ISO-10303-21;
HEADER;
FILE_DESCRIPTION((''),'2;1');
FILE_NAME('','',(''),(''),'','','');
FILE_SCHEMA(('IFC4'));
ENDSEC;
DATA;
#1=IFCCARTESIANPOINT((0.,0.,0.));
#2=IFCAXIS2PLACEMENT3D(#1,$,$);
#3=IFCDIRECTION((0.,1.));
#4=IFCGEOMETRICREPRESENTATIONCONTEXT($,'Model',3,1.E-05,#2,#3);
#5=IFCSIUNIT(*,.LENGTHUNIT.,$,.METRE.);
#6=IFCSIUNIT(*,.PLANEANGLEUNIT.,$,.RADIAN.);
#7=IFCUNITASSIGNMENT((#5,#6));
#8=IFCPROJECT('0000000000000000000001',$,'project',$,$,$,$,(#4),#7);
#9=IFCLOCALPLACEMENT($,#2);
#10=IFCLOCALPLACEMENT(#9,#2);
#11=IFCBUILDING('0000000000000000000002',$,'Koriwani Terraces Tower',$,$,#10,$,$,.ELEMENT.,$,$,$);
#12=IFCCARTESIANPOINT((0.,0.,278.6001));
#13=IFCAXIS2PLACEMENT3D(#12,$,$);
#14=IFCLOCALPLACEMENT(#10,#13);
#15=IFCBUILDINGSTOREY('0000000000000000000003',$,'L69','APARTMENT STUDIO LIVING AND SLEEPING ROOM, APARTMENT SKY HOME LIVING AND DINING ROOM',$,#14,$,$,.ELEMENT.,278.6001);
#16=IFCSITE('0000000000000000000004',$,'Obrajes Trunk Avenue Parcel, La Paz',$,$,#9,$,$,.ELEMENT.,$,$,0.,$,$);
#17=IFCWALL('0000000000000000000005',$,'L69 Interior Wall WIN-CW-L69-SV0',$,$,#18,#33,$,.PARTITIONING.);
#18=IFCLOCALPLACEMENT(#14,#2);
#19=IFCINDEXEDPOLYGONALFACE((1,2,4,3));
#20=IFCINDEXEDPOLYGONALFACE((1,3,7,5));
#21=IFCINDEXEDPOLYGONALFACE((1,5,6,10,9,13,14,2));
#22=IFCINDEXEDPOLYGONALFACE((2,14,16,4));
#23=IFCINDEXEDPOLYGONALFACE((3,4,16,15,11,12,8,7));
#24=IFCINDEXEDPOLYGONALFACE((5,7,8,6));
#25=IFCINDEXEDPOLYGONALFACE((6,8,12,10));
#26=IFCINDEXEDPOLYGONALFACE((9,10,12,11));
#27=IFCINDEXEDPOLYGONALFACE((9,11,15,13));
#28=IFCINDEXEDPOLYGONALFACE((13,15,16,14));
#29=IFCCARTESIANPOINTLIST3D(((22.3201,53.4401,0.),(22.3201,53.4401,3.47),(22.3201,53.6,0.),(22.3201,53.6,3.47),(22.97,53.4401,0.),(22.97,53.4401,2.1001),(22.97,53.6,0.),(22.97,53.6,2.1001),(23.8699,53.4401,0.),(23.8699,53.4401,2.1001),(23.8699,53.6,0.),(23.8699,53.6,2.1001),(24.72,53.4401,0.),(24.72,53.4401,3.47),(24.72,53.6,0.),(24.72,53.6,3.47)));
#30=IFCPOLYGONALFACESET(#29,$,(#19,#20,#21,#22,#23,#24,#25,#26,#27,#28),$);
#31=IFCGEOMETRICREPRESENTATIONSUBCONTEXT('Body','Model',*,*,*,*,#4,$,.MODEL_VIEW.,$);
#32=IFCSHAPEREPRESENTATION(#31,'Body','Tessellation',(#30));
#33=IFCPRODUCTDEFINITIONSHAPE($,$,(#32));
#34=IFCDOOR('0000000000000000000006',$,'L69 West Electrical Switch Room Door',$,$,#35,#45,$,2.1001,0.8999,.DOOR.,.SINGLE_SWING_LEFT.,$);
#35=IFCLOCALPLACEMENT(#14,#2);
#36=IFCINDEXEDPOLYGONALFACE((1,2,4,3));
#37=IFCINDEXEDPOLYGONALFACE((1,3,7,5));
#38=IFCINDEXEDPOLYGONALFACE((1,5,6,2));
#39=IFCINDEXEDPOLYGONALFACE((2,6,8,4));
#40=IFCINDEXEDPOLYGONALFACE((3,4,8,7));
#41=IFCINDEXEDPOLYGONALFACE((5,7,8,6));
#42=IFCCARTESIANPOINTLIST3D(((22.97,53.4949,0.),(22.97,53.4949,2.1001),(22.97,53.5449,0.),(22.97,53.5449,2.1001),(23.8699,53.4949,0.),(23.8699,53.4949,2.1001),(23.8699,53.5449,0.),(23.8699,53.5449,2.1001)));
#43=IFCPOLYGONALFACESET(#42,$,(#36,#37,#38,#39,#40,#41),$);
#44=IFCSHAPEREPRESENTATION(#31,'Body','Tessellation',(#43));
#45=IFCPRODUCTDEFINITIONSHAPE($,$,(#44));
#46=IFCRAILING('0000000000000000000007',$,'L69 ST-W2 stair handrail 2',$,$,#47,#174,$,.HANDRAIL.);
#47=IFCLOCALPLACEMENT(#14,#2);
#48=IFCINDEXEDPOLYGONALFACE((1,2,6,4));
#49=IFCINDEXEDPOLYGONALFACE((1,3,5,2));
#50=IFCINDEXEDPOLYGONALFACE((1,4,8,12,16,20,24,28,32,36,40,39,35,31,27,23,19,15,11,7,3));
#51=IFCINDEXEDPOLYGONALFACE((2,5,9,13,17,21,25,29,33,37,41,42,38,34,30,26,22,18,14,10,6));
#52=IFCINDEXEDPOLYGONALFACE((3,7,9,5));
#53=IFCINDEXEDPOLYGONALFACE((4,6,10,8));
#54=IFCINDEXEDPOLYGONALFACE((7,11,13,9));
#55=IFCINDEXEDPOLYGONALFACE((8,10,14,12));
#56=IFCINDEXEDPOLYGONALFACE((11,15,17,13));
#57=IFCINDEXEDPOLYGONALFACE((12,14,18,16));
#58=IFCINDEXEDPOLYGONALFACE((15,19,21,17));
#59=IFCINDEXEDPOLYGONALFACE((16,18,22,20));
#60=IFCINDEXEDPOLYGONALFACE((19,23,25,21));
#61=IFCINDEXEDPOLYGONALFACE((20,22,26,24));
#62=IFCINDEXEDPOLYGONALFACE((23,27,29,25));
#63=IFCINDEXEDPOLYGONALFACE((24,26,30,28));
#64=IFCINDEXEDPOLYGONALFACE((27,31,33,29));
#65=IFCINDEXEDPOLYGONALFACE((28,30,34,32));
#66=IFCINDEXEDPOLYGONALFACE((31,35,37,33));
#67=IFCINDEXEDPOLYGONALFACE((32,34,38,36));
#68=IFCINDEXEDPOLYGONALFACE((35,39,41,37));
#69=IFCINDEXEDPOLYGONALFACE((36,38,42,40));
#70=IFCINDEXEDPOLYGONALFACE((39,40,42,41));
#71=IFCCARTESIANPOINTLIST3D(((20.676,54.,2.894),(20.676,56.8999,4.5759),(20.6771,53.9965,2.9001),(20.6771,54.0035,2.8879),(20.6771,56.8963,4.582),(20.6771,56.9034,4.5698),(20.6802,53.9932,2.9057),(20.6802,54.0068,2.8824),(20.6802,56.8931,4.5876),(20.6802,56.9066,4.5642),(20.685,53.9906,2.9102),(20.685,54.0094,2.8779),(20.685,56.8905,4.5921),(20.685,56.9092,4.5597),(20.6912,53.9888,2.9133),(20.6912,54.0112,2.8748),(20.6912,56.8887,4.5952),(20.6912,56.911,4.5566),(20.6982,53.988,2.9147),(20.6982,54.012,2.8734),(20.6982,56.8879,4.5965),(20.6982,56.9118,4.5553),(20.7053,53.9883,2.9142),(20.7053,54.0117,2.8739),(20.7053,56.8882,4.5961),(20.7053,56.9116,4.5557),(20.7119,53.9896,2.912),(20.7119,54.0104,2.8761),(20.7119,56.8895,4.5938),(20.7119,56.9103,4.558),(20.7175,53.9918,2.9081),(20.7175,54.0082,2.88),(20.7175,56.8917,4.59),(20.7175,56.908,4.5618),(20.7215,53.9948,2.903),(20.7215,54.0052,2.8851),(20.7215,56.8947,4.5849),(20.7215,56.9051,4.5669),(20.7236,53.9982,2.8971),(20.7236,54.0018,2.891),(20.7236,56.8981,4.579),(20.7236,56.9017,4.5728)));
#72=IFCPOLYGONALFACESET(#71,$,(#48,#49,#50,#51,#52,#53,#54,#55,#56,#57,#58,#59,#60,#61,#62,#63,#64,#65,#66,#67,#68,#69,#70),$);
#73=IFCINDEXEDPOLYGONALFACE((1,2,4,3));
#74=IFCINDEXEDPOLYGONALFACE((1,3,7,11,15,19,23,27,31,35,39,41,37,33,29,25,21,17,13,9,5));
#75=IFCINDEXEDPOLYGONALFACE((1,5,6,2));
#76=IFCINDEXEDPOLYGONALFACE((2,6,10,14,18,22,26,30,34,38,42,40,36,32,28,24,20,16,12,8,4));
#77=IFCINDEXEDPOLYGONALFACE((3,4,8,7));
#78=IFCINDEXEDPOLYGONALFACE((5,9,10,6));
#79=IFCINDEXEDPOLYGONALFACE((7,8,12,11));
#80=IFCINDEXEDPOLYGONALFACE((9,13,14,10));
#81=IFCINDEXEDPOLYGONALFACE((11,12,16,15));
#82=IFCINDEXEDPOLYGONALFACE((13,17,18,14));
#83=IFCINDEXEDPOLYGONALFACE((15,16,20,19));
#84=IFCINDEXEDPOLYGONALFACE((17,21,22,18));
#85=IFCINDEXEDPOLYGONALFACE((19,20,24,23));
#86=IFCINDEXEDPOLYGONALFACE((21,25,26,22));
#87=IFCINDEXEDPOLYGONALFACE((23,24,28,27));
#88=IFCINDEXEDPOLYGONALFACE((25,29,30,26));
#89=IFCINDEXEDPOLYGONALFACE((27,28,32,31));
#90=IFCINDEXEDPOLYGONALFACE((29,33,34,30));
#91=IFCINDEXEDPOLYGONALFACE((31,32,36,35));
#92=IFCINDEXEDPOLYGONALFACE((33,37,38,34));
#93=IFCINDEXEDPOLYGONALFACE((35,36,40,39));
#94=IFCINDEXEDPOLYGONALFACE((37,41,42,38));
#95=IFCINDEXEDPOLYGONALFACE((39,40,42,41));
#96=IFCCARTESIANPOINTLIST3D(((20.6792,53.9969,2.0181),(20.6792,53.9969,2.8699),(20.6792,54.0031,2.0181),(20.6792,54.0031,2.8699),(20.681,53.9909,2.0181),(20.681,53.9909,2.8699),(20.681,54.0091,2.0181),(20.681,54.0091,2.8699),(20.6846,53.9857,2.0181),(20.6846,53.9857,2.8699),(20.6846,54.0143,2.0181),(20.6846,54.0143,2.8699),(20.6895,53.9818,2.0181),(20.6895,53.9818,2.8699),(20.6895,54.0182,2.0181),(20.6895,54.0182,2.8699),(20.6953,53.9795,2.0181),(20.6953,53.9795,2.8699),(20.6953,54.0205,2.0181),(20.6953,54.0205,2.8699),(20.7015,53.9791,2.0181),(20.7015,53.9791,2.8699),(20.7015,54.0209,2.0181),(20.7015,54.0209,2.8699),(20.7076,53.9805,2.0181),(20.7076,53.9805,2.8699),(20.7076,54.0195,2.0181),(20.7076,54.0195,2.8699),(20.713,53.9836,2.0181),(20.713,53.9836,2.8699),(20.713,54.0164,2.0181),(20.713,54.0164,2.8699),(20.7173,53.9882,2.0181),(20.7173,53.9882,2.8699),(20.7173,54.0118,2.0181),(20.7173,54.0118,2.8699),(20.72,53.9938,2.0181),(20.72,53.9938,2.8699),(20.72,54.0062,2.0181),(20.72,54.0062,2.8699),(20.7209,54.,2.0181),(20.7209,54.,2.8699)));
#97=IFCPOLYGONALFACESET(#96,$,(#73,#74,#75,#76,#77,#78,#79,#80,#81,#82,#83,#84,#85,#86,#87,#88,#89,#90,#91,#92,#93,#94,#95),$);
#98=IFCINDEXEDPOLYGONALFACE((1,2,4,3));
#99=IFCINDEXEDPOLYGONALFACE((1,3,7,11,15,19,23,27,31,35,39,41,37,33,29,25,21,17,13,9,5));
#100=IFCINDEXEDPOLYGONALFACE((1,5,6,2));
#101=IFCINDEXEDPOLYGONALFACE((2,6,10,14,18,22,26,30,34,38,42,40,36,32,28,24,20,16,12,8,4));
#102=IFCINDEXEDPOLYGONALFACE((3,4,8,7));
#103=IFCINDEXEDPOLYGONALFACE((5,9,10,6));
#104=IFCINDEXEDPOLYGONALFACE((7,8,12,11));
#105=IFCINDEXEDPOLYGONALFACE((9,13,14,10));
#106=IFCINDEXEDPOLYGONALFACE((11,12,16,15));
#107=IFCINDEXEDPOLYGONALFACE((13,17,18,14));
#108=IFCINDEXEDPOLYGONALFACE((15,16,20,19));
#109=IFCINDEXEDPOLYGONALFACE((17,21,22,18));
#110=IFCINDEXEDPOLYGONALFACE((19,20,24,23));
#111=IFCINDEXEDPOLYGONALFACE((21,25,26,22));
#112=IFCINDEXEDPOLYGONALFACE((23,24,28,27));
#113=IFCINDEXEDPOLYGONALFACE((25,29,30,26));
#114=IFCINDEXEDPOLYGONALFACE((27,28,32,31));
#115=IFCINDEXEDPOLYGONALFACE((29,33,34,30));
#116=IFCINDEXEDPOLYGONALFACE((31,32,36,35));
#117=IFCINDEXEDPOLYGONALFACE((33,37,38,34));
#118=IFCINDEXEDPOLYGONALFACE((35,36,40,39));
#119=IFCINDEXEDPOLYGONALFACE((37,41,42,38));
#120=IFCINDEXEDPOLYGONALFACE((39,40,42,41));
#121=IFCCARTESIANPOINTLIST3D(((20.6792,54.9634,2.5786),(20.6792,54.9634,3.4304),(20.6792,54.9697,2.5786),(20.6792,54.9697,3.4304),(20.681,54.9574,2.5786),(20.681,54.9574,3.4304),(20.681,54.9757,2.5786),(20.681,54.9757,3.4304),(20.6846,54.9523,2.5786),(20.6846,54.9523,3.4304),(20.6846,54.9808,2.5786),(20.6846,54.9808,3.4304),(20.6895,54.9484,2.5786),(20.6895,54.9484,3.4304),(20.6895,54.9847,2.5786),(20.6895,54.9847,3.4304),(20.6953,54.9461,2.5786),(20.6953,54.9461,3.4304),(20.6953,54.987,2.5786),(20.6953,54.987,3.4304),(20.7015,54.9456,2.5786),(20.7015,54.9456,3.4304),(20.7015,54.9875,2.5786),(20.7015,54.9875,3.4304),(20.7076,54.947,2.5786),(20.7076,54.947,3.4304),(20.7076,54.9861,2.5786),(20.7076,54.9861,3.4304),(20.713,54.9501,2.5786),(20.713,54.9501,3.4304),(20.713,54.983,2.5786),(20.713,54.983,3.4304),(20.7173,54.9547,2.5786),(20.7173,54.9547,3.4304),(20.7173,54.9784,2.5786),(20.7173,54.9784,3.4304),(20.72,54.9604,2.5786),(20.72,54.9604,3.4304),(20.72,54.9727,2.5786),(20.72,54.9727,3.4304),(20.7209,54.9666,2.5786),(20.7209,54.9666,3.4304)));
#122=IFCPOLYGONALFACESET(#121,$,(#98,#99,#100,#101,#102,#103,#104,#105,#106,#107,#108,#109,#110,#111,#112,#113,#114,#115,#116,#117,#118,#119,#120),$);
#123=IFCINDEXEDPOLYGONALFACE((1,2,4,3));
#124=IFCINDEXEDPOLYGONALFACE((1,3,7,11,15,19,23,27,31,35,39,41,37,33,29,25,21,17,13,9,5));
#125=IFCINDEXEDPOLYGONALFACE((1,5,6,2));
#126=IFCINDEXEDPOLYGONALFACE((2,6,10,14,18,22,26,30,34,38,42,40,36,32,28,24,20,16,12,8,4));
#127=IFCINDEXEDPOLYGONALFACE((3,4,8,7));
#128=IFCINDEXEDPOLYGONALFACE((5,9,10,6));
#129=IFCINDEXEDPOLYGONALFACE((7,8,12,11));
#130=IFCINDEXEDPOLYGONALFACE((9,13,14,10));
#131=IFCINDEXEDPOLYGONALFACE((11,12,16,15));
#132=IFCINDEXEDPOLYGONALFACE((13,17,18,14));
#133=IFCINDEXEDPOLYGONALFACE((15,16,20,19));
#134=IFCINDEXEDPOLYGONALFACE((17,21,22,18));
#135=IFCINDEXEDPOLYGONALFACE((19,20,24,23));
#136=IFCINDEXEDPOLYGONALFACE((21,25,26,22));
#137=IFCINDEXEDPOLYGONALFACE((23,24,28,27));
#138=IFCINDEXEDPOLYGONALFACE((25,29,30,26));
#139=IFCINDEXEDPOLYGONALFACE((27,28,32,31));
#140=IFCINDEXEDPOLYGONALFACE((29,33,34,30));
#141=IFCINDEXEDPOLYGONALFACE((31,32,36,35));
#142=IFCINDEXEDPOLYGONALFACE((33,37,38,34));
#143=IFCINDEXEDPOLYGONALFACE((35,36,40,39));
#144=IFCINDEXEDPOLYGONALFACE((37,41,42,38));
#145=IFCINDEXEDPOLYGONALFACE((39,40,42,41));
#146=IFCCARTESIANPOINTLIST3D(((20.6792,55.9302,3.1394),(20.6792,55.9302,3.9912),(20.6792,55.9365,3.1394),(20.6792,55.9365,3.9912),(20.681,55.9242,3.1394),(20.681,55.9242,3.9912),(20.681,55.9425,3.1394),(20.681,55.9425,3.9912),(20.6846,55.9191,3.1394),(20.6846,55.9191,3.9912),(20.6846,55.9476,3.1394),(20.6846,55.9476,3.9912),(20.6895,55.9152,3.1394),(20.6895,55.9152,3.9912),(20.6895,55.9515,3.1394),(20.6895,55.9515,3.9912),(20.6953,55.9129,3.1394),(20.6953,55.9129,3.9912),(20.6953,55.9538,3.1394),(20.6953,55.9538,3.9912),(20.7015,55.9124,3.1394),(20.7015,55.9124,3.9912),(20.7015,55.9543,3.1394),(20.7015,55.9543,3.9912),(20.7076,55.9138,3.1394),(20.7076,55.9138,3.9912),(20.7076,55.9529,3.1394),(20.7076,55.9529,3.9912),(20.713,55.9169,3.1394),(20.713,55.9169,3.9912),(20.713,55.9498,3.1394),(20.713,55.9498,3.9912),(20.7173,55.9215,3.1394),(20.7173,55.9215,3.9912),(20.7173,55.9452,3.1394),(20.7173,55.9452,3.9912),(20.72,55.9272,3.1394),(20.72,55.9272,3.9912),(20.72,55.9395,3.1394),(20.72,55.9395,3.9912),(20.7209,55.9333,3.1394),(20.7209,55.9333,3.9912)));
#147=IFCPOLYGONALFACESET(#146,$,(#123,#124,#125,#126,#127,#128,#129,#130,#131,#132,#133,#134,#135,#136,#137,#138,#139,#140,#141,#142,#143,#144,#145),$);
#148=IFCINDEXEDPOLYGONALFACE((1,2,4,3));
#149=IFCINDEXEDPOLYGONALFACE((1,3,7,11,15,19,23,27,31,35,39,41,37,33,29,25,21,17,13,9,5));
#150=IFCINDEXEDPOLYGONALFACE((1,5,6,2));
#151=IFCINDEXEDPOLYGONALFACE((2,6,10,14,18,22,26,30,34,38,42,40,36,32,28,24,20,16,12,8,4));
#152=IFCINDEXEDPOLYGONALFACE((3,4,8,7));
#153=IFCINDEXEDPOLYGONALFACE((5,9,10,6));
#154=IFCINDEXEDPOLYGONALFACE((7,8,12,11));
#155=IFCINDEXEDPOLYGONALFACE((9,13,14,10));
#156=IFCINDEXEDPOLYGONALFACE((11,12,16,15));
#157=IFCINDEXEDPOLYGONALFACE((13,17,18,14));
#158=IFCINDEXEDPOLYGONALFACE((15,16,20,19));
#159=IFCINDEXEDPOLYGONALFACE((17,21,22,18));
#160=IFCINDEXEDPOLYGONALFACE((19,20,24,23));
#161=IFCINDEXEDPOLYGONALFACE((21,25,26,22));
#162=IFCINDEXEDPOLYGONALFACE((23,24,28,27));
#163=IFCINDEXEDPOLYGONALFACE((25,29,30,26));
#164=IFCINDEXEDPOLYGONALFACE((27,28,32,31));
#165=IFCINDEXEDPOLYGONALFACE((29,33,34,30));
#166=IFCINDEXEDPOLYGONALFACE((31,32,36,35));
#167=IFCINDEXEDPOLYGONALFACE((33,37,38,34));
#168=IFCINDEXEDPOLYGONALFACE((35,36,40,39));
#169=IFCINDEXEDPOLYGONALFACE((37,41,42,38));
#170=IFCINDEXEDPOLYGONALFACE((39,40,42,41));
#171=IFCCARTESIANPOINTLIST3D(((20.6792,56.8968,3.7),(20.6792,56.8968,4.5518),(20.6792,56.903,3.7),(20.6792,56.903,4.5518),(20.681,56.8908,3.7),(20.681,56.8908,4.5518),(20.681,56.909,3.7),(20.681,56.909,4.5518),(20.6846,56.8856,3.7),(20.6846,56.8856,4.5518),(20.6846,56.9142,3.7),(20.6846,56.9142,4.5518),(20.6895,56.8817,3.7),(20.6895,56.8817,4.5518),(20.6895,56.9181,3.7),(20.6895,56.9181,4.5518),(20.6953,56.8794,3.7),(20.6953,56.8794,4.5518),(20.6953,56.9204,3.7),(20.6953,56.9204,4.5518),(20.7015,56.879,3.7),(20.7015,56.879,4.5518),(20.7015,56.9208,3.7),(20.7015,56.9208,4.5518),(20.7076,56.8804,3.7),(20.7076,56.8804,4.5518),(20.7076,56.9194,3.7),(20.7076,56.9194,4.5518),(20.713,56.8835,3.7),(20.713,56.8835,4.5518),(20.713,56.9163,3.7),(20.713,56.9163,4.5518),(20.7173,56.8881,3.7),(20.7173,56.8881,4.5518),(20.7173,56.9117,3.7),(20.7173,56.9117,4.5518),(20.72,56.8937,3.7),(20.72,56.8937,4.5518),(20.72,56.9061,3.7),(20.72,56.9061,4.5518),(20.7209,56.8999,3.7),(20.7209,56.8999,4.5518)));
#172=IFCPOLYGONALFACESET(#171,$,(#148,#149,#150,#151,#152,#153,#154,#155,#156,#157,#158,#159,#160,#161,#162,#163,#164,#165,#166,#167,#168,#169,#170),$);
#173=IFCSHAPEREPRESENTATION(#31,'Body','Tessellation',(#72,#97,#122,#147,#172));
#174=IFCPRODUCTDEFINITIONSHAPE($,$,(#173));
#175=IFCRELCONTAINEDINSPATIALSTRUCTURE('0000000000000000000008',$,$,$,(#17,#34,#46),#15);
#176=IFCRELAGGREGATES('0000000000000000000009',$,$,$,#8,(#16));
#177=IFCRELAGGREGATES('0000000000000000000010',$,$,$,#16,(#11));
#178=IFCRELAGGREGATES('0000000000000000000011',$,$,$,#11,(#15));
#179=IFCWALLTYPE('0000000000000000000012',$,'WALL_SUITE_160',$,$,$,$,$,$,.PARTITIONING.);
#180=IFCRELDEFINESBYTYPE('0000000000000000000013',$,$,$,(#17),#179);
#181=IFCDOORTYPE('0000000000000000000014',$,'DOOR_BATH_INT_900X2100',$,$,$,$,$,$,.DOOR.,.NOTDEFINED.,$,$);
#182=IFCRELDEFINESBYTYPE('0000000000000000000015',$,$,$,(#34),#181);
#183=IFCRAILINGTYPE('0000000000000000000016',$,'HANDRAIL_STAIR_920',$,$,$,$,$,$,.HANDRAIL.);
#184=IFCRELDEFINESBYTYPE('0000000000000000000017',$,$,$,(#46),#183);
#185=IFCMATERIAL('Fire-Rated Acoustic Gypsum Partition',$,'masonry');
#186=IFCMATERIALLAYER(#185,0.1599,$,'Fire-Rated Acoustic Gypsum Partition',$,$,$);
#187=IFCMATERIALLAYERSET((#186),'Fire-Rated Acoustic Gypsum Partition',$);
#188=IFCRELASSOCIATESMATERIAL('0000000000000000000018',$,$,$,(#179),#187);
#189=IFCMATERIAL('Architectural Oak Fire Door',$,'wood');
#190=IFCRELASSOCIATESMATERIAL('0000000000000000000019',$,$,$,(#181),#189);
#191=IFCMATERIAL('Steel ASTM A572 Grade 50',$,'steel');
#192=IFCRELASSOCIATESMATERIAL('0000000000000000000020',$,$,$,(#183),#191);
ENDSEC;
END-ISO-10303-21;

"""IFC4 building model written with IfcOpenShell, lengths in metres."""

from ifc_helpers import new_model, si_unit, direction, frame, frame_2d, origin, origin_2d, place, context, subcontext, project, spatial, rectangle, circle, extrude, material, layer, layer_set, type_object, element, fill, save


model = new_model("IFC4")

# Units and contexts
model_context = context("Model", 3, precision=1e-05, world=origin(), true_north=direction((0.0, 1.0)))
body_context = subcontext(model_context, "Body", "Model", "MODEL_VIEW")
ifc_project = project(units=[si_unit("LENGTHUNIT", "METRE"), si_unit("PLANEANGLEUNIT", "RADIAN")], contexts=[model_context])

# Site, building, storey
site_placement = place(None, origin())
site = spatial("IfcSite", under=ifc_project, at=site_placement, Name="Obrajes Trunk Avenue Parcel, La Paz", CompositionType="ELEMENT", RefElevation=0.0)
building_placement = place(site_placement, origin())
building = spatial("IfcBuilding", under=site, at=building_placement, Name="Koriwani Terraces Tower", CompositionType="ELEMENT")
storey_placement = place(building_placement, frame((0.0, 0.0, 278.6001)))
storey = spatial("IfcBuildingStorey", under=building, at=storey_placement, Name="L69", Description="APARTMENT STUDIO LIVING AND SLEEPING ROOM, APARTMENT SKY HOME LIVING AND DINING ROOM", CompositionType="ELEMENT", Elevation=278.6001)

# Shared definitions
ifc_material_1 = material(Name="Steel ASTM A572 Grade 50", Category="steel")

# Wall, opening, door
ifc_material_2 = material(Name="Fire-Rated Acoustic Gypsum Partition", Category="masonry")
ifc_layer_1 = layer(ifc_material_2, 0.1599, Name="Fire-Rated Acoustic Gypsum Partition")
ifc_layer_set_1 = layer_set([ifc_layer_1], Name="Fire-Rated Acoustic Gypsum Partition")
wall_type_1 = type_object("IfcWallType", Name="WALL_SUITE_160", PredefinedType="PARTITIONING", material=ifc_layer_set_1)
wall_1_placement = place(storey_placement, frame((22.3201, 53.52, 0.0), z_axis=(0.0, 0.0, 1.0), x_axis=(1.0, 0.0, 0.0)))
wall_1 = element("IfcWall", 1, at=wall_1_placement, inside=storey, type_object=wall_type_1, Name="L69 Interior Wall WIN-CW-L69-SV0", PredefinedType="PARTITIONING", context=body_context, shape_type="SweptSolid", body=[
    extrude(rectangle(XDim=2.3999, YDim=0.1599, at=frame_2d((1.2, 0.0))), origin(), (0.0, 0.0, 1.0), 3.47),
])
opening_1_placement = place(wall_1_placement, frame((0.6499, 0.0, 0.0)))
opening_1 = element("IfcOpeningElement", 2, at=opening_1_placement, cuts=wall_1, PredefinedType="OPENING", context=body_context, shape_type="SweptSolid", body=[
    extrude(rectangle(XDim=0.8999, YDim=2.1001, at=frame_2d((0.45, 1.05))), frame((0.0, 0.0898, 0.0), z_axis=(0.0, -1.0, 0.0), x_axis=(1.0, 0.0, 0.0)), (0.0, 0.0, 1.0), 0.1799),
])
ifc_material_3 = material(Name="Architectural Oak Fire Door", Category="wood")
door_type_1 = type_object("IfcDoorType", Name="DOOR_BATH_INT_900X2100", OperationType="NOTDEFINED", PredefinedType="DOOR", material=ifc_material_3)
door_1_placement = place(opening_1_placement, origin())
door_1 = element("IfcDoor", 3, at=door_1_placement, inside=storey, type_object=door_type_1, Name="L69 West Electrical Switch Room Door", OperationType="SINGLE_SWING_LEFT", OverallHeight=2.1001, OverallWidth=0.8999, PredefinedType="DOOR", context=body_context, shape_type="SweptSolid", body=[
    extrude(rectangle(XDim=0.8999, YDim=2.1001, at=frame_2d((0.45, 1.05))), frame((0.0, 0.0249, 0.0), z_axis=(0.0, -1.0, 0.0), x_axis=(1.0, 0.0, 0.0)), (0.0, 0.0, 1.0), 0.05),
])
fill(opening_1, door_1)

# Railing
railing_type = type_object("IfcRailingType", Name="HANDRAIL_STAIR_920", PredefinedType="HANDRAIL", material=ifc_material_1)
railing_placement = place(storey_placement, frame((20.7, 54.0, 2.0181)))
element("IfcRailing", 4, at=railing_placement, inside=storey, type_object=railing_type, Name="L69 ST-W2 stair handrail 2", PredefinedType="HANDRAIL", context=body_context, shape_type="SweptSolid", body=[
    extrude(circle(Radius=0.0239, at=origin_2d()), frame((0.0, 0.0, 0.876), z_axis=(0.0, 0.865039, 0.501705), x_axis=(-1.0, 0.0, 0.0)), (0.0, 0.0, 1.0), 3.3523),
    extrude(circle(Radius=0.021, at=origin_2d()), origin(), (0.0, 0.0, 1.0), 0.8518),
    extrude(circle(Radius=0.021, at=origin_2d()), frame((0.0, 0.9666, 0.5605)), (0.0, 0.0, 1.0), 0.8518),
    extrude(circle(Radius=0.021, at=origin_2d()), frame((0.0, 1.9333, 1.1213)), (0.0, 0.0, 1.0), 0.8518),
    extrude(circle(Radius=0.021, at=origin_2d()), frame((0.0, 2.8999, 1.6819)), (0.0, 0.0, 1.0), 0.8518),
])

save(model, "model.ifc")
